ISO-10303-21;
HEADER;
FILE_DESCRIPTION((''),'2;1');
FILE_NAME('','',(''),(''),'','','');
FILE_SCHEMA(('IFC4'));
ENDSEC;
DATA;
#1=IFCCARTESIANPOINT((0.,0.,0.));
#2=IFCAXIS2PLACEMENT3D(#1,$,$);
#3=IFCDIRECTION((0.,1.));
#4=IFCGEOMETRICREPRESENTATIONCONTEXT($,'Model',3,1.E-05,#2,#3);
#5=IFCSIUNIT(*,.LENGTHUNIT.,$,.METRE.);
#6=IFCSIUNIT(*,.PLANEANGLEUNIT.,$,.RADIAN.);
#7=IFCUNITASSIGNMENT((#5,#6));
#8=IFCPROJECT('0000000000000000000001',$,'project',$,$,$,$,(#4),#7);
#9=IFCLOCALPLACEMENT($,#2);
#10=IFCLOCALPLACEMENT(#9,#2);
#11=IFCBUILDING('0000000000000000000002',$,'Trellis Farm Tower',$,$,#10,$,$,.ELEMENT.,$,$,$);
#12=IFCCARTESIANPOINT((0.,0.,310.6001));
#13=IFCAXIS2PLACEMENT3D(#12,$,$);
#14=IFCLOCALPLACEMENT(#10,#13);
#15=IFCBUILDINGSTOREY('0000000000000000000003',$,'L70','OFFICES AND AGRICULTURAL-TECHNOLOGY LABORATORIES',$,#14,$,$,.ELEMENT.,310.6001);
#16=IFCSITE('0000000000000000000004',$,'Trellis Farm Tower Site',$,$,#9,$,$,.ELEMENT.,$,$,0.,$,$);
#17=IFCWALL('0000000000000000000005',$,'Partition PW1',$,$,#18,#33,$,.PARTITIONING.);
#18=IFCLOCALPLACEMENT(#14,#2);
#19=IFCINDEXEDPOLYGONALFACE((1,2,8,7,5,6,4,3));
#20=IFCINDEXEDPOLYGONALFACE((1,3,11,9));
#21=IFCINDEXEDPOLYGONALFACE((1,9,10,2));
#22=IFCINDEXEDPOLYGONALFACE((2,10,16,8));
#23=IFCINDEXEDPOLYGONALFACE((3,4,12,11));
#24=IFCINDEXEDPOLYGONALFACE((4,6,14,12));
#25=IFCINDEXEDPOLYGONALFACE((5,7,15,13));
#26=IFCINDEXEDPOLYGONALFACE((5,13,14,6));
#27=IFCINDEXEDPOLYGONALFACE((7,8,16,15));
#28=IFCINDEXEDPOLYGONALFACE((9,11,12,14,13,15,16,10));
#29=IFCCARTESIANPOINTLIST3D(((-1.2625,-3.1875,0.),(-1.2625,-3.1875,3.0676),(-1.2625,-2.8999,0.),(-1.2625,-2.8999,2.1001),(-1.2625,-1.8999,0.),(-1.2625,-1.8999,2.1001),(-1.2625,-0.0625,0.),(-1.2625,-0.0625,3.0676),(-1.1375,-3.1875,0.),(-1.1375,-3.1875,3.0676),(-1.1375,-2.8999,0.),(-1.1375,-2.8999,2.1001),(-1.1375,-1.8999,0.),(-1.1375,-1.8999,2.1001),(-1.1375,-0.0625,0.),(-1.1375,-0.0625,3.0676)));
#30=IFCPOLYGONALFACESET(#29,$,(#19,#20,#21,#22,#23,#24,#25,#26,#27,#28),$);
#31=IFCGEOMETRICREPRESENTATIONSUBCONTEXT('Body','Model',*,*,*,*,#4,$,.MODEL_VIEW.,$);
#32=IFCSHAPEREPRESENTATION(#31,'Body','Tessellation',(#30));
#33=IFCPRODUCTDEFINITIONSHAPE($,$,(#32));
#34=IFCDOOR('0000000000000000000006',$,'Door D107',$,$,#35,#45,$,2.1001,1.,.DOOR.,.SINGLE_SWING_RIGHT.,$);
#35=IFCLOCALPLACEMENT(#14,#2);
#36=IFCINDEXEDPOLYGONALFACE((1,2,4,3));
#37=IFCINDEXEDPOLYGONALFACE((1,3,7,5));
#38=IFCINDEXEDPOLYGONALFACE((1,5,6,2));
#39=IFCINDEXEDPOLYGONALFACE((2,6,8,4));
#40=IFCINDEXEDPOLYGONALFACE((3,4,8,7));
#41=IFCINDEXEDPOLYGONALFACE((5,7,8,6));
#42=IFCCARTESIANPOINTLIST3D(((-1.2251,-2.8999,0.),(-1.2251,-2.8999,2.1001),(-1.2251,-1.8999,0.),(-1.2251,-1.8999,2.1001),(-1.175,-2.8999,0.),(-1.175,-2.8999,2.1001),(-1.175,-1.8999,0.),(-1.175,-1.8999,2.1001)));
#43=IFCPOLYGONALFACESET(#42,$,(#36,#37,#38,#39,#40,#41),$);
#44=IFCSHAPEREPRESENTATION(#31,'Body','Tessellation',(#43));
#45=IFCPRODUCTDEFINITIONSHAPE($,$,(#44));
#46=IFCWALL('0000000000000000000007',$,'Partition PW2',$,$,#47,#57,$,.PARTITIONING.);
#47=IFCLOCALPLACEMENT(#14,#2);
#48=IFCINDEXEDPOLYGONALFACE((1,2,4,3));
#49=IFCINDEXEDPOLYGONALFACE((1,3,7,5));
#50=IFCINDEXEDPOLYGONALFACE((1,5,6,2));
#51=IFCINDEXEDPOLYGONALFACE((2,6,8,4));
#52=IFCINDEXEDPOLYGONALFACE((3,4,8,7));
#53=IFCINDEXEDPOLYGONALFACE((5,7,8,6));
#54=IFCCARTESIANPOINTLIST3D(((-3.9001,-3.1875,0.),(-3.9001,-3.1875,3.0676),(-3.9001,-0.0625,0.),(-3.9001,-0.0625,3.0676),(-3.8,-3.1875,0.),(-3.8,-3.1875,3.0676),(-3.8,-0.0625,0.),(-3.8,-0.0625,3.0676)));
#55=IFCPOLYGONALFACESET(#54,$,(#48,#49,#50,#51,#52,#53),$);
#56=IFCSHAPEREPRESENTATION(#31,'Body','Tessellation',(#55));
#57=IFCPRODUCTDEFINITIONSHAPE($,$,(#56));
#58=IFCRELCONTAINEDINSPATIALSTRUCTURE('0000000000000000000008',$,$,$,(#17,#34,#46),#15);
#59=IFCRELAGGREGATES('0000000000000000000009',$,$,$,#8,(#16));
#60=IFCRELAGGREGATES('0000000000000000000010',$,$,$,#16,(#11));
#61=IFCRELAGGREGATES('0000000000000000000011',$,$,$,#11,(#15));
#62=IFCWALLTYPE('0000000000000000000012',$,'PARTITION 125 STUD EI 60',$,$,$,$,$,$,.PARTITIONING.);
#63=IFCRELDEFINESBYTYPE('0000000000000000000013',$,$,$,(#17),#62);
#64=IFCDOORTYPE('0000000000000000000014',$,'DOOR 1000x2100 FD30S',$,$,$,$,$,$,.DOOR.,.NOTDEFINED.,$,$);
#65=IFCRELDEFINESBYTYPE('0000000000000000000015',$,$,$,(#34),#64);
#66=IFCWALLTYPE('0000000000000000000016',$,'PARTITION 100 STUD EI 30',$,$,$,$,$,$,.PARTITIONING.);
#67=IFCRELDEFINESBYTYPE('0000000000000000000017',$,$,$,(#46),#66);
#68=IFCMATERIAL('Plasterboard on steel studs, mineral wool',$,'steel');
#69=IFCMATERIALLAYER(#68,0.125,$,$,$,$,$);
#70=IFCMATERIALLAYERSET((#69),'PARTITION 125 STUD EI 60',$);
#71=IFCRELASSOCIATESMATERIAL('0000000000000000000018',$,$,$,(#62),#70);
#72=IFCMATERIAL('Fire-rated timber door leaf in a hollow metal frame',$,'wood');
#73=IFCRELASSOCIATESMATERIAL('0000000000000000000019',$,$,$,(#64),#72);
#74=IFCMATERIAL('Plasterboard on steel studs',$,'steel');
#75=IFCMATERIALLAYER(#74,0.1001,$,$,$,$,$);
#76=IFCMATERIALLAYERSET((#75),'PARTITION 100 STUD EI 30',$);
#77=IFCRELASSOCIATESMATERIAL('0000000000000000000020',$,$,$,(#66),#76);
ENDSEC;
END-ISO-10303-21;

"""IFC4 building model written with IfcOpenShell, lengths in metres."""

from ifc_helpers import new_model, si_unit, direction, frame, frame_2d, origin, place, context, subcontext, project, spatial, rectangle, extrude, source, transform, mapped, material, layer, layer_set, type_object, element, fill, save


model = new_model("IFC4")

# Units and contexts
model_context = context("Model", 3, precision=1e-05, world=origin(), true_north=direction((0.0, 1.0)))
body_context = subcontext(model_context, "Body", "Model", "MODEL_VIEW")
ifc_project = project(units=[si_unit("LENGTHUNIT", "METRE"), si_unit("PLANEANGLEUNIT", "RADIAN")], contexts=[model_context])

# Site, building, storey
site_placement = place(None, origin())
site = spatial("IfcSite", under=ifc_project, at=site_placement, Name="Trellis Farm Tower Site", CompositionType="ELEMENT", RefElevation=0.0)
building_placement = place(site_placement, origin())
building = spatial("IfcBuilding", under=site, at=building_placement, Name="Trellis Farm Tower", CompositionType="ELEMENT")
storey_placement = place(building_placement, frame((0.0, 0.0, 310.6001)))
storey = spatial("IfcBuildingStorey", under=building, at=storey_placement, Name="L70", Description="OFFICES AND AGRICULTURAL-TECHNOLOGY LABORATORIES", CompositionType="ELEMENT", Elevation=310.6001)

# Shared definitions
ifc_material_1 = material(Name="Plasterboard on steel studs, mineral wool", Category="steel")
ifc_layer_1 = layer(ifc_material_1, 0.125)
ifc_layer_set_1 = layer_set([ifc_layer_1], Name="PARTITION 125 STUD EI 60")
wall_type_1 = type_object("IfcWallType", Name="PARTITION 125 STUD EI 60", PredefinedType="PARTITIONING", material=ifc_layer_set_1)
shared_shape_1 = source(origin(), body_context, "Body", "SweptSolid", [
    extrude(rectangle(XDim=1.0, YDim=2.1001, at=frame_2d((0.5, 1.05))), frame((0.0, 0.0725, 0.0), z_axis=(0.0, -1.0, 0.0), x_axis=(1.0, 0.0, 0.0)), (0.0, 0.0, 1.0), 0.145),
])
ifc_material_2 = material(Name="Fire-rated timber door leaf in a hollow metal frame", Category="wood")
door_type = type_object("IfcDoorType", Name="DOOR 1000x2100 FD30S", OperationType="NOTDEFINED", PredefinedType="DOOR", material=ifc_material_2)
shared_shape_2 = source(origin(), body_context, "Body", "SweptSolid", [
    extrude(rectangle(XDim=1.0, YDim=2.1001, at=frame_2d((0.5, 1.05))), frame((0.0, 0.0249, 0.0), z_axis=(0.0, -1.0, 0.0), x_axis=(1.0, 0.0, 0.0)), (0.0, 0.0, 1.0), 0.05),
])

# Wall, opening, door
shared_shape_3 = source(origin(), body_context, "Body", "SweptSolid", [
    extrude(rectangle(XDim=3.125, YDim=0.125, at=frame_2d((1.5625, 0.0))), origin(), (0.0, 0.0, 1.0), 3.0676),
])
wall_1_placement = place(storey_placement, frame((-1.2, -0.0625, 0.0), z_axis=(0.0, 0.0, 1.0), x_axis=(0.0, -1.0, 0.0)))
wall_1 = element("IfcWall", 1, at=wall_1_placement, inside=storey, type_object=wall_type_1, Name="Partition PW1", PredefinedType="PARTITIONING", context=body_context, shape_type="MappedRepresentation", body=[
    mapped(shared_shape_3, transform((0.0, 0.0, 0.0))),
])
opening_1_placement = place(wall_1_placement, frame((1.8374, 0.0, 0.0)))
opening_1 = element("IfcOpeningElement", 2, at=opening_1_placement, cuts=wall_1, PredefinedType="OPENING", context=body_context, shape_type="MappedRepresentation", body=[
    mapped(shared_shape_1, transform((0.0, 0.0, 0.0))),
])
door_1_placement = place(opening_1_placement, origin())
door_1 = element("IfcDoor", 3, at=door_1_placement, inside=storey, type_object=door_type, Name="Door D107", OperationType="SINGLE_SWING_RIGHT", OverallHeight=2.1001, OverallWidth=1.0, PredefinedType="DOOR", context=body_context, shape_type="MappedRepresentation", body=[
    mapped(shared_shape_2, transform((0.0, 0.0, 0.0))),
])
fill(opening_1, door_1)

# Wall
ifc_material_3 = material(Name="Plasterboard on steel studs", Category="steel")
ifc_layer_2 = layer(ifc_material_3, 0.1001)
ifc_layer_set_2 = layer_set([ifc_layer_2], Name="PARTITION 100 STUD EI 30")
wall_type_2 = type_object("IfcWallType", Name="PARTITION 100 STUD EI 30", PredefinedType="PARTITIONING", material=ifc_layer_set_2)
shared_shape_4 = source(origin(), body_context, "Body", "SweptSolid", [
    extrude(rectangle(XDim=3.125, YDim=0.1001, at=frame_2d((1.5625, 0.0))), origin(), (0.0, 0.0, 1.0), 3.0676),
])
wall_2_placement = place(storey_placement, frame((-3.8501, -3.1875, 0.0), z_axis=(0.0, 0.0, 1.0), x_axis=(0.0, 1.0, 0.0)))
element("IfcWall", 4, at=wall_2_placement, inside=storey, type_object=wall_type_2, Name="Partition PW2", PredefinedType="PARTITIONING", context=body_context, shape_type="MappedRepresentation", body=[
    mapped(shared_shape_4, transform((0.0, 0.0, 0.0))),
])

save(model, "model.ifc")
